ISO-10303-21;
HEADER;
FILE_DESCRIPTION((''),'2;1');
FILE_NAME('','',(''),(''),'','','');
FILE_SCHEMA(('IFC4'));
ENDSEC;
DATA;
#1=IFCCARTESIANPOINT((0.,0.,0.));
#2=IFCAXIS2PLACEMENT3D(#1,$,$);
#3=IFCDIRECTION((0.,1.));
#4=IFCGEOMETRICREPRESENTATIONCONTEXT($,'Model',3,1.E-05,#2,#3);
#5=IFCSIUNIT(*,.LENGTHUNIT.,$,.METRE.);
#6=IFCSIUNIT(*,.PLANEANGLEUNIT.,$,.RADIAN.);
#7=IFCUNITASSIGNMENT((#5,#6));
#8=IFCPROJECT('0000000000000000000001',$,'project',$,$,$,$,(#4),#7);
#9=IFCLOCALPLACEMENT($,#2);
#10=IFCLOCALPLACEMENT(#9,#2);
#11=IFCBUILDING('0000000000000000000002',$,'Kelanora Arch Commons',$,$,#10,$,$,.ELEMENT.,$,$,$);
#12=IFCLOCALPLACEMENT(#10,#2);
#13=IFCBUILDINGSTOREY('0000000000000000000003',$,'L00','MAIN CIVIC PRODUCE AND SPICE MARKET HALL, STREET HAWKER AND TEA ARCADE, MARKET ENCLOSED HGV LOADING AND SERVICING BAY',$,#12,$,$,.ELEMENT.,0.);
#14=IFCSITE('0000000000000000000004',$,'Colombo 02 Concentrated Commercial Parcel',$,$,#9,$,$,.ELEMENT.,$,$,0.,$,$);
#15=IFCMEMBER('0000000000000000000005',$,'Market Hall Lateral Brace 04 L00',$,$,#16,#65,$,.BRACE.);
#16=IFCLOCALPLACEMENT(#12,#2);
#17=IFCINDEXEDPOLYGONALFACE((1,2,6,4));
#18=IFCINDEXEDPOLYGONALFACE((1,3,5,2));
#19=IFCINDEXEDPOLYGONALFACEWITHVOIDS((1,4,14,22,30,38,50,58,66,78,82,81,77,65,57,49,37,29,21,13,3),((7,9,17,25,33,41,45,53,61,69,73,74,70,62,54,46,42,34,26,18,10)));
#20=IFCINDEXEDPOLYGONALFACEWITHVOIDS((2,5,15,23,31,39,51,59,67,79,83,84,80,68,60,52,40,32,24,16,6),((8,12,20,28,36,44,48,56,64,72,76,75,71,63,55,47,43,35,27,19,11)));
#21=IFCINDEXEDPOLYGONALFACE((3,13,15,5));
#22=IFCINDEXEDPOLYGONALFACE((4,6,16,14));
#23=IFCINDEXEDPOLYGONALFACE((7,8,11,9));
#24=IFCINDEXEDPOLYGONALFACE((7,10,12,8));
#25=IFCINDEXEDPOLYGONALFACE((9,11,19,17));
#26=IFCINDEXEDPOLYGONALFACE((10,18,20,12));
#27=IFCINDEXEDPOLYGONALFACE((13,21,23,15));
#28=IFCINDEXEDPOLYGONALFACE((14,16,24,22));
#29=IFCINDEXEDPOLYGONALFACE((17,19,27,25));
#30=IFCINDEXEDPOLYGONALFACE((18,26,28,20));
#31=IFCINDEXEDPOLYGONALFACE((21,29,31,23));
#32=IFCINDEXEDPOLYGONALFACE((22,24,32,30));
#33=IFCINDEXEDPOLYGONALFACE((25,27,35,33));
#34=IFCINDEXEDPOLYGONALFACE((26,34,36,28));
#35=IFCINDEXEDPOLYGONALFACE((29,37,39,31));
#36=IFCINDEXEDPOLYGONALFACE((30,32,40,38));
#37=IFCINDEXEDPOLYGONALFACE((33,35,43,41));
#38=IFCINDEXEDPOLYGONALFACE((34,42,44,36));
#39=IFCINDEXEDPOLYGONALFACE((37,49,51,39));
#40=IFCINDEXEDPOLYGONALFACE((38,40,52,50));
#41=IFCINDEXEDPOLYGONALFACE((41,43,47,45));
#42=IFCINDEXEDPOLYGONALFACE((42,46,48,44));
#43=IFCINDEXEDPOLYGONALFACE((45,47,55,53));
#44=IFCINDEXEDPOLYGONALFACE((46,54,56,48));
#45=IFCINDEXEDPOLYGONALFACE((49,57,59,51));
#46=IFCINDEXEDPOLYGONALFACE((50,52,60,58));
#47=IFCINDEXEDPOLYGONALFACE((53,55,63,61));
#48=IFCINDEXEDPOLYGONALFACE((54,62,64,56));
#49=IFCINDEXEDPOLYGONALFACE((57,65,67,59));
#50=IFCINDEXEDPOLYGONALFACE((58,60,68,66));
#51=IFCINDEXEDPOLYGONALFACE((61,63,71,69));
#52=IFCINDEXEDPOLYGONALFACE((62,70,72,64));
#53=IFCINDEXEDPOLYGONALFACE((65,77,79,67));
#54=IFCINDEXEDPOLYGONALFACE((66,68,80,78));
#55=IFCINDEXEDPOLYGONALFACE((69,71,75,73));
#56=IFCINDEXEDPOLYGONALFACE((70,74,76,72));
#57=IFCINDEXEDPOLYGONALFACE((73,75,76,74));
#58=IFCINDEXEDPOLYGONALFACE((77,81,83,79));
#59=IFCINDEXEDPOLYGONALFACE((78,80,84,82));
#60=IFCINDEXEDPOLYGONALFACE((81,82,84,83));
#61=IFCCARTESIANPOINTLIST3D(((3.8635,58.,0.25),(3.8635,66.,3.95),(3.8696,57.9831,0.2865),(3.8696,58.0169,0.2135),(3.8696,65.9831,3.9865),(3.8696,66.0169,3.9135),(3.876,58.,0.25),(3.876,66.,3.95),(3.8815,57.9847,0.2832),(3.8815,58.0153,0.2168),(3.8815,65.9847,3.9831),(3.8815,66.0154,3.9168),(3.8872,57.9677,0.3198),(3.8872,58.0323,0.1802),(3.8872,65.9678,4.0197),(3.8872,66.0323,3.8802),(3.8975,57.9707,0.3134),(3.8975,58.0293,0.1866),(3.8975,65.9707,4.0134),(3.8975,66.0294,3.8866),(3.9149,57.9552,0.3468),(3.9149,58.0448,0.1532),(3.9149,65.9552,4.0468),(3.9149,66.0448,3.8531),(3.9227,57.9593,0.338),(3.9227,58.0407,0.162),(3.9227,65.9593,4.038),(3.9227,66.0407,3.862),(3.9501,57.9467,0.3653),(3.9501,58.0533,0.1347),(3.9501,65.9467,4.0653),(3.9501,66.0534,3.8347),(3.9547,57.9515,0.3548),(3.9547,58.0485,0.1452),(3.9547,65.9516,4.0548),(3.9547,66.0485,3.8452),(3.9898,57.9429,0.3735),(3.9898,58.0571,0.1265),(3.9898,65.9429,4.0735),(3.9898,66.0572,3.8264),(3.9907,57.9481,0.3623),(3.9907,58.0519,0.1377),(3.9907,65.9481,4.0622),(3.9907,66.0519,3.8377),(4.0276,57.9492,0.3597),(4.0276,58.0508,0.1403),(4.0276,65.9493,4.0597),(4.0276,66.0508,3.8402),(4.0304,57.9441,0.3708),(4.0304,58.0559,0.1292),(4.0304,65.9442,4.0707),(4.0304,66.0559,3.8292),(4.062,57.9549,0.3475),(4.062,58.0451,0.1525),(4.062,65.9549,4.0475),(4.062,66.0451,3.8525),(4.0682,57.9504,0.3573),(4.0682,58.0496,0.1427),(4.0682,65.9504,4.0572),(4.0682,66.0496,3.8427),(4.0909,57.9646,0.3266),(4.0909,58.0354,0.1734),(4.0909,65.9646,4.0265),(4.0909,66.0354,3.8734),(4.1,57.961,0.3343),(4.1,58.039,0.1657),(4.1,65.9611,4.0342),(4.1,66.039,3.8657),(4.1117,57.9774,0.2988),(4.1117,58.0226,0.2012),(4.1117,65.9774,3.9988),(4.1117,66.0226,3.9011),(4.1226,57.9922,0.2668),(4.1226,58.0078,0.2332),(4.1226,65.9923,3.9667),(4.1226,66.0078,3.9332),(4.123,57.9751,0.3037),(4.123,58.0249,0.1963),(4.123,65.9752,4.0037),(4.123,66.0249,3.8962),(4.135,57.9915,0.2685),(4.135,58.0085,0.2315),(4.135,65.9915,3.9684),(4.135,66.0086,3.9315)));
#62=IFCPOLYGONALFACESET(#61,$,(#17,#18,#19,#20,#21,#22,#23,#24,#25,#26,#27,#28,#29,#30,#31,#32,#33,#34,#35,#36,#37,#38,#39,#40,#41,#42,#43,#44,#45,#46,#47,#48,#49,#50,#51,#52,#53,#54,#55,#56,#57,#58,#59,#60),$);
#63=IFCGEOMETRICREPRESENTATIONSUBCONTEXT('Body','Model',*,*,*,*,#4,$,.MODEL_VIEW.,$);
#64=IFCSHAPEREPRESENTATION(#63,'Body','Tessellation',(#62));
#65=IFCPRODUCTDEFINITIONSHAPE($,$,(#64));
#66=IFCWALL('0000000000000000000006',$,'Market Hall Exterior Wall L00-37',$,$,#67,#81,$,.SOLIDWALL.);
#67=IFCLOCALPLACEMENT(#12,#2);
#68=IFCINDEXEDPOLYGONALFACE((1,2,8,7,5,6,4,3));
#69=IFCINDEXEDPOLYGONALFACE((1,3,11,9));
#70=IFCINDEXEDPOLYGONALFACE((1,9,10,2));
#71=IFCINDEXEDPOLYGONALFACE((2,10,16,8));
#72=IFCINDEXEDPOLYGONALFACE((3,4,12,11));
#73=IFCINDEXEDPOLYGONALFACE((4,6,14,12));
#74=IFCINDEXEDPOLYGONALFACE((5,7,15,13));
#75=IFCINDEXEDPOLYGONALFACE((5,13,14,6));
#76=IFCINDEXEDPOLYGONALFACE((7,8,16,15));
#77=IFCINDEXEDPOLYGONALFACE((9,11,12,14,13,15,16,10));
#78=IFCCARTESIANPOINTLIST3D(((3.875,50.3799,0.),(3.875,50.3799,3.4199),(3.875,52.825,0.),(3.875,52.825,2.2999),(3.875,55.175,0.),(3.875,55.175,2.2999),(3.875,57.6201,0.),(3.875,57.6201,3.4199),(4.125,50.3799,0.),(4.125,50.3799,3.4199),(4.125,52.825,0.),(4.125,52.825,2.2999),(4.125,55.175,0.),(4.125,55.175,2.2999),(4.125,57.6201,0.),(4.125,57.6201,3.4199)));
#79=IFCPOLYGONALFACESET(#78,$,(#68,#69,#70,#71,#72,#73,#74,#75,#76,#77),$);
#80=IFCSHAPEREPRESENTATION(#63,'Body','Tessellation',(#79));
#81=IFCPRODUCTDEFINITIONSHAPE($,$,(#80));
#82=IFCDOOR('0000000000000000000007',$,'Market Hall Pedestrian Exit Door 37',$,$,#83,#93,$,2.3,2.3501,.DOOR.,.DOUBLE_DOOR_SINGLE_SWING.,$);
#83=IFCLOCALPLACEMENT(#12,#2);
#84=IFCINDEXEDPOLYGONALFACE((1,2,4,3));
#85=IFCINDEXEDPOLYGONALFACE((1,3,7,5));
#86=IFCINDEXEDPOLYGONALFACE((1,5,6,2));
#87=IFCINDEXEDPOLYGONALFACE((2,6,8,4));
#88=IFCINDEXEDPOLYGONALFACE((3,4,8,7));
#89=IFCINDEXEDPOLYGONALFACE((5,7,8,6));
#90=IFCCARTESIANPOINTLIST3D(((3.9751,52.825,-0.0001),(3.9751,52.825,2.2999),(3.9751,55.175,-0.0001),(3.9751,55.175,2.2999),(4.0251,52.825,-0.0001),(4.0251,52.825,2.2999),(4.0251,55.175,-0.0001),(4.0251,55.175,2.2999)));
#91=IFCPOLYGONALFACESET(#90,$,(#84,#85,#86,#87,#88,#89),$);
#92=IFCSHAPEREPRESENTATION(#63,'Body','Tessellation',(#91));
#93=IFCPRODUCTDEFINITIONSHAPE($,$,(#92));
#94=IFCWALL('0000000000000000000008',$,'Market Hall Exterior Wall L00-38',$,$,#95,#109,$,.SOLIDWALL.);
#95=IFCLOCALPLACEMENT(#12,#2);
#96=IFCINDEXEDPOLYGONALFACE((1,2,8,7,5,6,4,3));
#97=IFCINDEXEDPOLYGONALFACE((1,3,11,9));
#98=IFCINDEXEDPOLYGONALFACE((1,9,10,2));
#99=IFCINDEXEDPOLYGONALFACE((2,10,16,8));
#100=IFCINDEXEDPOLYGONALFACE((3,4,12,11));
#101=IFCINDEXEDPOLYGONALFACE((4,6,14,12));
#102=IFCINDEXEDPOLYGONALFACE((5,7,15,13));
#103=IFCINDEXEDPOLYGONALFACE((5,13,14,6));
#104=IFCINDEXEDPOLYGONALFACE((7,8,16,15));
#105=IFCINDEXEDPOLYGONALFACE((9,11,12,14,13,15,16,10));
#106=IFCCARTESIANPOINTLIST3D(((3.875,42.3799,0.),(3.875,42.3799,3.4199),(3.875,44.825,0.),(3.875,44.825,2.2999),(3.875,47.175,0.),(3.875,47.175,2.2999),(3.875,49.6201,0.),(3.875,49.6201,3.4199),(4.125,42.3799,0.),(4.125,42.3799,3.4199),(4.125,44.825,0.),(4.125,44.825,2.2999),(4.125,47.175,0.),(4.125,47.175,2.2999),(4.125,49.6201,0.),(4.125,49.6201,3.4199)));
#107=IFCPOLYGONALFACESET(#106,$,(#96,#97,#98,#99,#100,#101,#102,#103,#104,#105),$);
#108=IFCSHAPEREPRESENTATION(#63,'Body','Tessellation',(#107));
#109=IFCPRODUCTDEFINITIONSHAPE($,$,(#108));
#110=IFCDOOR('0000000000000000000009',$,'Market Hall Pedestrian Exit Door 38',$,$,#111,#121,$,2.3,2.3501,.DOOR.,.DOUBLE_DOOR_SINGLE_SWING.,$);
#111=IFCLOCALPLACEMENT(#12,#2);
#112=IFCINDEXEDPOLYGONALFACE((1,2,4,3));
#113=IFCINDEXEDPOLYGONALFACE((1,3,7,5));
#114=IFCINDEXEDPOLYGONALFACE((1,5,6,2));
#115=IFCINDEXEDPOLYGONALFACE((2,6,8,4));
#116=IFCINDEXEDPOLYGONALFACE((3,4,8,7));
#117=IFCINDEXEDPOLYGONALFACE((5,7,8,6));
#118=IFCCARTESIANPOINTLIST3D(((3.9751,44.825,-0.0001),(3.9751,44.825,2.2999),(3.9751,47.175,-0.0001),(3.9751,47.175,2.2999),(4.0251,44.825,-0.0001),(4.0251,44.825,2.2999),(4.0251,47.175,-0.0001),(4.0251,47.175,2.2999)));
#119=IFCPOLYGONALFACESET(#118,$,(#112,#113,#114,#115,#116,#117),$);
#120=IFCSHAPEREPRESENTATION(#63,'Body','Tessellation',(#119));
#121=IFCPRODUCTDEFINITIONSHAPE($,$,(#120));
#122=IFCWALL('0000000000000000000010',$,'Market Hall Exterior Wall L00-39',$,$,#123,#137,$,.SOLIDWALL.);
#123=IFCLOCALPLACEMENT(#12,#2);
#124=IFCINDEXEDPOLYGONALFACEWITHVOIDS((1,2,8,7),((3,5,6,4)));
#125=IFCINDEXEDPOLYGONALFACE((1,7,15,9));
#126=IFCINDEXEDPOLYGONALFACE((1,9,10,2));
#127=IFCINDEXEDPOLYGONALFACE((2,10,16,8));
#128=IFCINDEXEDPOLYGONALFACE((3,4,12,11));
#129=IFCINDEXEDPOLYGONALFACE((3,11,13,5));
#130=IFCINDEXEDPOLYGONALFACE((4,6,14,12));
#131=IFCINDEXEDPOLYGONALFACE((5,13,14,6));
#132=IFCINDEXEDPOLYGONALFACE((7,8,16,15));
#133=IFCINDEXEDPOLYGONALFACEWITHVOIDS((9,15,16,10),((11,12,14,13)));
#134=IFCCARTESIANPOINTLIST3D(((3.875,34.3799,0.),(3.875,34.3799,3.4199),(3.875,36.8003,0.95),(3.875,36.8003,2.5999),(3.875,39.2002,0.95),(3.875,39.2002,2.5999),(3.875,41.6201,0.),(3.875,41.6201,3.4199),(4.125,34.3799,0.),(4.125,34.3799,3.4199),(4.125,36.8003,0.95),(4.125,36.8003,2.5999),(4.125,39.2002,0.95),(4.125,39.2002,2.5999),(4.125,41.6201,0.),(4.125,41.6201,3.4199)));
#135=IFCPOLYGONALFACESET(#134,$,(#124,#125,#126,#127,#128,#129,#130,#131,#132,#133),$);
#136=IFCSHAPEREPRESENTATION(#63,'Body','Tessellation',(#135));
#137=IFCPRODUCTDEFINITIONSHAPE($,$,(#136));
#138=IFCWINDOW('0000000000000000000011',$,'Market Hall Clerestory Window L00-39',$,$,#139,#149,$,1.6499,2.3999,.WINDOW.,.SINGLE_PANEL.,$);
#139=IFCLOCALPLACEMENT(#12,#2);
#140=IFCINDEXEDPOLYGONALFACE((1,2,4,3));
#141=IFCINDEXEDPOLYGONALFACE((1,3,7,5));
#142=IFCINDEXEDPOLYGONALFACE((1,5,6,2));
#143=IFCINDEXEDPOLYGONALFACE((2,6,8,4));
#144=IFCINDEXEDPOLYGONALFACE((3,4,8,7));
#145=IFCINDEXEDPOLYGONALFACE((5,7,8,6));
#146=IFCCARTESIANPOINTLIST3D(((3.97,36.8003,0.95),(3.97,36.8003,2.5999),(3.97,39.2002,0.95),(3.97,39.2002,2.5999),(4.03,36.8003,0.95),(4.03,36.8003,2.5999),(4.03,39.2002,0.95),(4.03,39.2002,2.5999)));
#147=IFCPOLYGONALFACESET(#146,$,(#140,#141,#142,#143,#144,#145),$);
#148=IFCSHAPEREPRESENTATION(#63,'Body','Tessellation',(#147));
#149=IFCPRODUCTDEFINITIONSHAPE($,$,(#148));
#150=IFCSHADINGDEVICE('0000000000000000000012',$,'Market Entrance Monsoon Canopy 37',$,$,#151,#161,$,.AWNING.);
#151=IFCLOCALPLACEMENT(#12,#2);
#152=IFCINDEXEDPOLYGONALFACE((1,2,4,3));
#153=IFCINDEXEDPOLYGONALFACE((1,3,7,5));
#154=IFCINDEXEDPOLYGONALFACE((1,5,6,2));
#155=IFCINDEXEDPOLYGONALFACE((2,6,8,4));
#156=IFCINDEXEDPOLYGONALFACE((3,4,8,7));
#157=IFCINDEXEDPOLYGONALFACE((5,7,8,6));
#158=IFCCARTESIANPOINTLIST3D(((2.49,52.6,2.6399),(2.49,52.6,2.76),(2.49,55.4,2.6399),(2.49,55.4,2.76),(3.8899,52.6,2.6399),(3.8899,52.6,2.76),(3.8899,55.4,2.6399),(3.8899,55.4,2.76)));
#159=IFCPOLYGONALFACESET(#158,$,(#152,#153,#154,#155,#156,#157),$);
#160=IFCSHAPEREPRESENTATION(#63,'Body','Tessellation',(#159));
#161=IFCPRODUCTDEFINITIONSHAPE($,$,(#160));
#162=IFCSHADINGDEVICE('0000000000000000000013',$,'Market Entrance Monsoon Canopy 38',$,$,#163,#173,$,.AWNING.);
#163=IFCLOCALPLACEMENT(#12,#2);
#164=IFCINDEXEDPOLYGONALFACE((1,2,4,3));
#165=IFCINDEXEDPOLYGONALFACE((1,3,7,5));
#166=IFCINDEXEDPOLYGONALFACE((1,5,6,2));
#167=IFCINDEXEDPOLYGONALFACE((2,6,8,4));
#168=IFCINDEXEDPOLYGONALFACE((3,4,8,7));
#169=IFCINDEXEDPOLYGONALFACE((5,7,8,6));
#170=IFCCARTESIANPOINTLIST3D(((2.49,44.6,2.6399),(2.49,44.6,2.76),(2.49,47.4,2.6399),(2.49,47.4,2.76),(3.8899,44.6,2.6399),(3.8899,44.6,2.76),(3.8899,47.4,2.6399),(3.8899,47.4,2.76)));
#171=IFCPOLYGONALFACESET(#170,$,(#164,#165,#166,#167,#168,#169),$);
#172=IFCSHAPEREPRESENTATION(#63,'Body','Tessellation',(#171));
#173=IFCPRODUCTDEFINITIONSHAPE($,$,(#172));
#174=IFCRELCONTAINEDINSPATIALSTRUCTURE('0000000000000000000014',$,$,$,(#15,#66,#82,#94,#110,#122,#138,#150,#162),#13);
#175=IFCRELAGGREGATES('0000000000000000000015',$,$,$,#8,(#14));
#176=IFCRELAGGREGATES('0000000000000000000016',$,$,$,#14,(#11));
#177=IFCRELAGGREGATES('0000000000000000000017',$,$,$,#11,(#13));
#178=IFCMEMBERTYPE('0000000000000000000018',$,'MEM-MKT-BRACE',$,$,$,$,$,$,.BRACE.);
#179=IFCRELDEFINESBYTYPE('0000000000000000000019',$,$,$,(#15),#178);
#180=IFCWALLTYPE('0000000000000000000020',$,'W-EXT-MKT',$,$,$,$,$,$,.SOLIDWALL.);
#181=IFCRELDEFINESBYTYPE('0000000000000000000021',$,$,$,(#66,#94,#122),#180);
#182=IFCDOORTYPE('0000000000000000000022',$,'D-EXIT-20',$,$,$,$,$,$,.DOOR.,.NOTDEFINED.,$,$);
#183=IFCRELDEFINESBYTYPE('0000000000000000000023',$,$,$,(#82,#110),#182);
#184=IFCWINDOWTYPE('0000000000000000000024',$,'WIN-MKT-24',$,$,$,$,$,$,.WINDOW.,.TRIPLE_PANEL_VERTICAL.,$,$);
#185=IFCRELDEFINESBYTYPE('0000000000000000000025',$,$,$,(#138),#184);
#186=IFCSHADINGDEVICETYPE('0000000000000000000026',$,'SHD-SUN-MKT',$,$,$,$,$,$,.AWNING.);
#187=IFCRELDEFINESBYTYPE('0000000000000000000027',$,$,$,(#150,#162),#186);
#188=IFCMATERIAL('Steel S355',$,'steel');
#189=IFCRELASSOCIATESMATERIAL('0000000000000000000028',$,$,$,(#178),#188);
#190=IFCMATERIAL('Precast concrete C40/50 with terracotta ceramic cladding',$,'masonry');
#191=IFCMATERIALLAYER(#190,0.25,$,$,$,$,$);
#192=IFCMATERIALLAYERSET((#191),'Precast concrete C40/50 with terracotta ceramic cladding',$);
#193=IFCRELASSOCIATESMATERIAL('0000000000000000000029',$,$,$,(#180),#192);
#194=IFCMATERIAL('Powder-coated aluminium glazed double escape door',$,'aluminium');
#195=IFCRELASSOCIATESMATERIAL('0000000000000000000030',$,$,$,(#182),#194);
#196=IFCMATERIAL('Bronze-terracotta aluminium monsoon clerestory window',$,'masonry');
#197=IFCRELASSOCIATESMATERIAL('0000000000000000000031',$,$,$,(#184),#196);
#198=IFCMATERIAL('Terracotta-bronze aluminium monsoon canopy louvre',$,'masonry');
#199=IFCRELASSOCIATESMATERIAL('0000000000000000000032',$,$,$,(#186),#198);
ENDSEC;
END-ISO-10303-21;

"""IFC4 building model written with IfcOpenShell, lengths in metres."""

from ifc_helpers import new_model, si_unit, direction, frame, frame_2d, origin, origin_2d, place, context, subcontext, project, spatial, rectangle, hollow_circle, extrude, source, transform, mapped, material, layer, layer_set, material_profile, profile_set, type_object, element, fill, save


model = new_model("IFC4")

# Units and contexts
model_context = context("Model", 3, precision=1e-05, world=origin(), true_north=direction((0.0, 1.0)))
body_context = subcontext(model_context, "Body", "Model", "MODEL_VIEW")
ifc_project = project(units=[si_unit("LENGTHUNIT", "METRE"), si_unit("PLANEANGLEUNIT", "RADIAN")], contexts=[model_context])

# Site, building, storey
site_placement = place(None, origin())
site = spatial("IfcSite", under=ifc_project, at=site_placement, Name="Colombo 02 Concentrated Commercial Parcel", CompositionType="ELEMENT", RefElevation=0.0)
building_placement = place(site_placement, origin())
building = spatial("IfcBuilding", under=site, at=building_placement, Name="Kelanora Arch Commons", CompositionType="ELEMENT")
storey_placement = place(building_placement, origin())
storey = spatial("IfcBuildingStorey", under=building, at=storey_placement, Name="L00", Description="MAIN CIVIC PRODUCE AND SPICE MARKET HALL, STREET HAWKER AND TEA ARCADE, MARKET ENCLOSED HGV LOADING AND SERVICING BAY", CompositionType="ELEMENT", Elevation=0.0)

# Member
ifc_material_1 = material(Name="Steel S355", Category="steel")
ifc_material_profile_1 = material_profile(ifc_material_1, hollow_circle(Radius=0.1365, WallThickness=0.0125, at=origin_2d()), Name="CHS273x12.5")
ifc_profile_set_1 = profile_set([ifc_material_profile_1], Name="Steel S355")
member_type = type_object("IfcMemberType", Name="MEM-MKT-BRACE", PredefinedType="BRACE", material=ifc_profile_set_1)
member_placement = place(storey_placement, frame((4.0, 58.0, 0.25), z_axis=(0.0, 0.907629, 0.419773), x_axis=(-1.0, 0.0, 0.0)))
element("IfcMember", 1, at=member_placement, inside=storey, type_object=member_type, Name="Market Hall Lateral Brace 04 L00", PredefinedType="BRACE", context=body_context, shape_type="SweptSolid", body=[
    extrude(hollow_circle(Radius=0.1365, WallThickness=0.0125, at=origin_2d()), origin(), (0.0, 0.0, 1.0), 8.8142),
])

# Walls, openings, doors
ifc_material_2 = material(Name="Precast concrete C40/50 with terracotta ceramic cladding", Category="masonry")
ifc_layer = layer(ifc_material_2, 0.25)
ifc_layer_set = layer_set([ifc_layer], Name="Precast concrete C40/50 with terracotta ceramic cladding")
wall_type = type_object("IfcWallType", Name="W-EXT-MKT", PredefinedType="SOLIDWALL", material=ifc_layer_set)
wall_1_placement = place(storey_placement, frame((4.0, 57.6201, 0.0), z_axis=(0.0, 0.0, 1.0), x_axis=(0.0, -1.0, 0.0)))
wall_1 = element("IfcWall", 2, at=wall_1_placement, inside=storey, type_object=wall_type, Name="Market Hall Exterior Wall L00-37", PredefinedType="SOLIDWALL", context=body_context, shape_type="SweptSolid", body=[
    extrude(rectangle(XDim=7.2402, YDim=0.25, at=frame_2d((3.6201, 0.0))), origin(), (0.0, 0.0, 1.0), 3.4199),
])
opening_1_placement = place(wall_1_placement, frame((2.4451, 0.0, 0.0)))
opening_1 = element("IfcOpeningElement", 3, at=opening_1_placement, cuts=wall_1, PredefinedType="OPENING", context=body_context, shape_type="SweptSolid", body=[
    extrude(rectangle(XDim=2.3501, YDim=2.3, at=frame_2d((1.175, 1.1499))), frame((0.0, 0.135, 0.0), z_axis=(0.0, -1.0, 0.0), x_axis=(1.0, 0.0, 0.0)), (0.0, 0.0, 1.0), 0.27),
])
ifc_material_3 = material(Name="Powder-coated aluminium glazed double escape door", Category="aluminium")
door_type = type_object("IfcDoorType", Name="D-EXIT-20", OperationType="NOTDEFINED", PredefinedType="DOOR", material=ifc_material_3)
door_1_placement = place(opening_1_placement, frame((2.3501, 0.0, 0.0), z_axis=(0.0, 0.0, 1.0), x_axis=(-1.0, 0.0, 0.0)))
door_1 = element("IfcDoor", 4, at=door_1_placement, inside=storey, type_object=door_type, Name="Market Hall Pedestrian Exit Door 37", OperationType="DOUBLE_DOOR_SINGLE_SWING", OverallHeight=2.3, OverallWidth=2.3501, PredefinedType="DOOR", context=body_context, shape_type="SweptSolid", body=[
    extrude(rectangle(XDim=2.3501, YDim=2.3, at=frame_2d((1.175, 1.1499))), frame((0.0, 0.0249, 0.0), z_axis=(0.0, -1.0, 0.0), x_axis=(1.0, 0.0, 0.0)), (0.0, 0.0, 1.0), 0.05),
])
fill(opening_1, door_1)
wall_2_placement = place(storey_placement, frame((4.0, 49.6201, 0.0), z_axis=(0.0, 0.0, 1.0), x_axis=(0.0, -1.0, 0.0)))
wall_2 = element("IfcWall", 5, at=wall_2_placement, inside=storey, type_object=wall_type, Name="Market Hall Exterior Wall L00-38", PredefinedType="SOLIDWALL", context=body_context, shape_type="SweptSolid", body=[
    extrude(rectangle(XDim=7.2402, YDim=0.25, at=frame_2d((3.6201, 0.0))), origin(), (0.0, 0.0, 1.0), 3.4199),
])
opening_2_placement = place(wall_2_placement, frame((2.4451, 0.0, 0.0)))
opening_2 = element("IfcOpeningElement", 6, at=opening_2_placement, cuts=wall_2, PredefinedType="OPENING", context=body_context, shape_type="SweptSolid", body=[
    extrude(rectangle(XDim=2.3501, YDim=2.3, at=frame_2d((1.175, 1.1499))), frame((0.0, 0.135, 0.0), z_axis=(0.0, -1.0, 0.0), x_axis=(1.0, 0.0, 0.0)), (0.0, 0.0, 1.0), 0.27),
])
door_2_placement = place(opening_2_placement, frame((2.3501, 0.0, 0.0), z_axis=(0.0, 0.0, 1.0), x_axis=(-1.0, 0.0, 0.0)))
door_2 = element("IfcDoor", 7, at=door_2_placement, inside=storey, type_object=door_type, Name="Market Hall Pedestrian Exit Door 38", OperationType="DOUBLE_DOOR_SINGLE_SWING", OverallHeight=2.3, OverallWidth=2.3501, PredefinedType="DOOR", context=body_context, shape_type="SweptSolid", body=[
    extrude(rectangle(XDim=2.3501, YDim=2.3, at=frame_2d((1.175, 1.1499))), frame((0.0, 0.0249, 0.0), z_axis=(0.0, -1.0, 0.0), x_axis=(1.0, 0.0, 0.0)), (0.0, 0.0, 1.0), 0.05),
])
fill(opening_2, door_2)

# Wall, opening, window
wall_3_placement = place(storey_placement, frame((4.0, 41.6201, 0.0), z_axis=(0.0, 0.0, 1.0), x_axis=(0.0, -1.0, 0.0)))
wall_3 = element("IfcWall", 8, at=wall_3_placement, inside=storey, type_object=wall_type, Name="Market Hall Exterior Wall L00-39", PredefinedType="SOLIDWALL", context=body_context, shape_type="SweptSolid", body=[
    extrude(rectangle(XDim=7.2402, YDim=0.25, at=frame_2d((3.6201, 0.0))), origin(), (0.0, 0.0, 1.0), 3.4199),
])
opening_3_placement = place(wall_3_placement, frame((2.4199, 0.0, 0.95)))
opening_3 = element("IfcOpeningElement", 9, at=opening_3_placement, cuts=wall_3, PredefinedType="OPENING", context=body_context, shape_type="SweptSolid", body=[
    extrude(rectangle(XDim=2.3999, YDim=1.6499, at=frame_2d((1.2, 0.825))), frame((0.0, 0.135, 0.0), z_axis=(0.0, -1.0, 0.0), x_axis=(1.0, 0.0, 0.0)), (0.0, 0.0, 1.0), 0.27),
])
ifc_material_4 = material(Name="Bronze-terracotta aluminium monsoon clerestory window", Category="masonry")
window_type = type_object("IfcWindowType", Name="WIN-MKT-24", PartitioningType="TRIPLE_PANEL_VERTICAL", PredefinedType="WINDOW", material=ifc_material_4)
window_placement = place(opening_3_placement, origin())
window = element("IfcWindow", 10, at=window_placement, inside=storey, type_object=window_type, Name="Market Hall Clerestory Window L00-39", OverallHeight=1.6499, OverallWidth=2.3999, PartitioningType="SINGLE_PANEL", PredefinedType="WINDOW", context=body_context, shape_type="SweptSolid", body=[
    extrude(rectangle(XDim=2.3999, YDim=1.6499, at=frame_2d((1.2, 0.825))), frame((0.0, 0.03, 0.0), z_axis=(0.0, -1.0, 0.0), x_axis=(1.0, 0.0, 0.0)), (0.0, 0.0, 1.0), 0.0601),
])
fill(opening_3, window)

# Shading devices
ifc_material_5 = material(Name="Terracotta-bronze aluminium monsoon canopy louvre", Category="masonry")
shading_device_type = type_object("IfcShadingDeviceType", Name="SHD-SUN-MKT", PredefinedType="AWNING", material=ifc_material_5)
shared_shape_1 = source(origin(), body_context, "Body", "SweptSolid", [
    extrude(rectangle(XDim=2.8, YDim=1.3999, at=origin_2d()), origin(), (0.0, 0.0, 1.0), 0.1201),
])
for number, where, z_axis, x_axis, name in (
    (11, (3.1899, 54.0, 2.6399), (0.0, 0.0, 1.0), (0.0, -1.0, 0.0), "Market Entrance Monsoon Canopy 37"),
    (12, (3.1899, 46.0, 2.6399), (0.0, 0.0, 1.0), (0.0, -1.0, 0.0), "Market Entrance Monsoon Canopy 38"),
):
    element("IfcShadingDevice", number, at=place(storey_placement, frame(where, z_axis=z_axis, x_axis=x_axis)), inside=storey, type_object=shading_device_type, Name=name, PredefinedType="AWNING", context=body_context, shape_type="MappedRepresentation", body=[
        mapped(shared_shape_1, transform((0.0, 0.0, 0.0), scale=1.0)),
    ])

save(model, "model.ifc")
